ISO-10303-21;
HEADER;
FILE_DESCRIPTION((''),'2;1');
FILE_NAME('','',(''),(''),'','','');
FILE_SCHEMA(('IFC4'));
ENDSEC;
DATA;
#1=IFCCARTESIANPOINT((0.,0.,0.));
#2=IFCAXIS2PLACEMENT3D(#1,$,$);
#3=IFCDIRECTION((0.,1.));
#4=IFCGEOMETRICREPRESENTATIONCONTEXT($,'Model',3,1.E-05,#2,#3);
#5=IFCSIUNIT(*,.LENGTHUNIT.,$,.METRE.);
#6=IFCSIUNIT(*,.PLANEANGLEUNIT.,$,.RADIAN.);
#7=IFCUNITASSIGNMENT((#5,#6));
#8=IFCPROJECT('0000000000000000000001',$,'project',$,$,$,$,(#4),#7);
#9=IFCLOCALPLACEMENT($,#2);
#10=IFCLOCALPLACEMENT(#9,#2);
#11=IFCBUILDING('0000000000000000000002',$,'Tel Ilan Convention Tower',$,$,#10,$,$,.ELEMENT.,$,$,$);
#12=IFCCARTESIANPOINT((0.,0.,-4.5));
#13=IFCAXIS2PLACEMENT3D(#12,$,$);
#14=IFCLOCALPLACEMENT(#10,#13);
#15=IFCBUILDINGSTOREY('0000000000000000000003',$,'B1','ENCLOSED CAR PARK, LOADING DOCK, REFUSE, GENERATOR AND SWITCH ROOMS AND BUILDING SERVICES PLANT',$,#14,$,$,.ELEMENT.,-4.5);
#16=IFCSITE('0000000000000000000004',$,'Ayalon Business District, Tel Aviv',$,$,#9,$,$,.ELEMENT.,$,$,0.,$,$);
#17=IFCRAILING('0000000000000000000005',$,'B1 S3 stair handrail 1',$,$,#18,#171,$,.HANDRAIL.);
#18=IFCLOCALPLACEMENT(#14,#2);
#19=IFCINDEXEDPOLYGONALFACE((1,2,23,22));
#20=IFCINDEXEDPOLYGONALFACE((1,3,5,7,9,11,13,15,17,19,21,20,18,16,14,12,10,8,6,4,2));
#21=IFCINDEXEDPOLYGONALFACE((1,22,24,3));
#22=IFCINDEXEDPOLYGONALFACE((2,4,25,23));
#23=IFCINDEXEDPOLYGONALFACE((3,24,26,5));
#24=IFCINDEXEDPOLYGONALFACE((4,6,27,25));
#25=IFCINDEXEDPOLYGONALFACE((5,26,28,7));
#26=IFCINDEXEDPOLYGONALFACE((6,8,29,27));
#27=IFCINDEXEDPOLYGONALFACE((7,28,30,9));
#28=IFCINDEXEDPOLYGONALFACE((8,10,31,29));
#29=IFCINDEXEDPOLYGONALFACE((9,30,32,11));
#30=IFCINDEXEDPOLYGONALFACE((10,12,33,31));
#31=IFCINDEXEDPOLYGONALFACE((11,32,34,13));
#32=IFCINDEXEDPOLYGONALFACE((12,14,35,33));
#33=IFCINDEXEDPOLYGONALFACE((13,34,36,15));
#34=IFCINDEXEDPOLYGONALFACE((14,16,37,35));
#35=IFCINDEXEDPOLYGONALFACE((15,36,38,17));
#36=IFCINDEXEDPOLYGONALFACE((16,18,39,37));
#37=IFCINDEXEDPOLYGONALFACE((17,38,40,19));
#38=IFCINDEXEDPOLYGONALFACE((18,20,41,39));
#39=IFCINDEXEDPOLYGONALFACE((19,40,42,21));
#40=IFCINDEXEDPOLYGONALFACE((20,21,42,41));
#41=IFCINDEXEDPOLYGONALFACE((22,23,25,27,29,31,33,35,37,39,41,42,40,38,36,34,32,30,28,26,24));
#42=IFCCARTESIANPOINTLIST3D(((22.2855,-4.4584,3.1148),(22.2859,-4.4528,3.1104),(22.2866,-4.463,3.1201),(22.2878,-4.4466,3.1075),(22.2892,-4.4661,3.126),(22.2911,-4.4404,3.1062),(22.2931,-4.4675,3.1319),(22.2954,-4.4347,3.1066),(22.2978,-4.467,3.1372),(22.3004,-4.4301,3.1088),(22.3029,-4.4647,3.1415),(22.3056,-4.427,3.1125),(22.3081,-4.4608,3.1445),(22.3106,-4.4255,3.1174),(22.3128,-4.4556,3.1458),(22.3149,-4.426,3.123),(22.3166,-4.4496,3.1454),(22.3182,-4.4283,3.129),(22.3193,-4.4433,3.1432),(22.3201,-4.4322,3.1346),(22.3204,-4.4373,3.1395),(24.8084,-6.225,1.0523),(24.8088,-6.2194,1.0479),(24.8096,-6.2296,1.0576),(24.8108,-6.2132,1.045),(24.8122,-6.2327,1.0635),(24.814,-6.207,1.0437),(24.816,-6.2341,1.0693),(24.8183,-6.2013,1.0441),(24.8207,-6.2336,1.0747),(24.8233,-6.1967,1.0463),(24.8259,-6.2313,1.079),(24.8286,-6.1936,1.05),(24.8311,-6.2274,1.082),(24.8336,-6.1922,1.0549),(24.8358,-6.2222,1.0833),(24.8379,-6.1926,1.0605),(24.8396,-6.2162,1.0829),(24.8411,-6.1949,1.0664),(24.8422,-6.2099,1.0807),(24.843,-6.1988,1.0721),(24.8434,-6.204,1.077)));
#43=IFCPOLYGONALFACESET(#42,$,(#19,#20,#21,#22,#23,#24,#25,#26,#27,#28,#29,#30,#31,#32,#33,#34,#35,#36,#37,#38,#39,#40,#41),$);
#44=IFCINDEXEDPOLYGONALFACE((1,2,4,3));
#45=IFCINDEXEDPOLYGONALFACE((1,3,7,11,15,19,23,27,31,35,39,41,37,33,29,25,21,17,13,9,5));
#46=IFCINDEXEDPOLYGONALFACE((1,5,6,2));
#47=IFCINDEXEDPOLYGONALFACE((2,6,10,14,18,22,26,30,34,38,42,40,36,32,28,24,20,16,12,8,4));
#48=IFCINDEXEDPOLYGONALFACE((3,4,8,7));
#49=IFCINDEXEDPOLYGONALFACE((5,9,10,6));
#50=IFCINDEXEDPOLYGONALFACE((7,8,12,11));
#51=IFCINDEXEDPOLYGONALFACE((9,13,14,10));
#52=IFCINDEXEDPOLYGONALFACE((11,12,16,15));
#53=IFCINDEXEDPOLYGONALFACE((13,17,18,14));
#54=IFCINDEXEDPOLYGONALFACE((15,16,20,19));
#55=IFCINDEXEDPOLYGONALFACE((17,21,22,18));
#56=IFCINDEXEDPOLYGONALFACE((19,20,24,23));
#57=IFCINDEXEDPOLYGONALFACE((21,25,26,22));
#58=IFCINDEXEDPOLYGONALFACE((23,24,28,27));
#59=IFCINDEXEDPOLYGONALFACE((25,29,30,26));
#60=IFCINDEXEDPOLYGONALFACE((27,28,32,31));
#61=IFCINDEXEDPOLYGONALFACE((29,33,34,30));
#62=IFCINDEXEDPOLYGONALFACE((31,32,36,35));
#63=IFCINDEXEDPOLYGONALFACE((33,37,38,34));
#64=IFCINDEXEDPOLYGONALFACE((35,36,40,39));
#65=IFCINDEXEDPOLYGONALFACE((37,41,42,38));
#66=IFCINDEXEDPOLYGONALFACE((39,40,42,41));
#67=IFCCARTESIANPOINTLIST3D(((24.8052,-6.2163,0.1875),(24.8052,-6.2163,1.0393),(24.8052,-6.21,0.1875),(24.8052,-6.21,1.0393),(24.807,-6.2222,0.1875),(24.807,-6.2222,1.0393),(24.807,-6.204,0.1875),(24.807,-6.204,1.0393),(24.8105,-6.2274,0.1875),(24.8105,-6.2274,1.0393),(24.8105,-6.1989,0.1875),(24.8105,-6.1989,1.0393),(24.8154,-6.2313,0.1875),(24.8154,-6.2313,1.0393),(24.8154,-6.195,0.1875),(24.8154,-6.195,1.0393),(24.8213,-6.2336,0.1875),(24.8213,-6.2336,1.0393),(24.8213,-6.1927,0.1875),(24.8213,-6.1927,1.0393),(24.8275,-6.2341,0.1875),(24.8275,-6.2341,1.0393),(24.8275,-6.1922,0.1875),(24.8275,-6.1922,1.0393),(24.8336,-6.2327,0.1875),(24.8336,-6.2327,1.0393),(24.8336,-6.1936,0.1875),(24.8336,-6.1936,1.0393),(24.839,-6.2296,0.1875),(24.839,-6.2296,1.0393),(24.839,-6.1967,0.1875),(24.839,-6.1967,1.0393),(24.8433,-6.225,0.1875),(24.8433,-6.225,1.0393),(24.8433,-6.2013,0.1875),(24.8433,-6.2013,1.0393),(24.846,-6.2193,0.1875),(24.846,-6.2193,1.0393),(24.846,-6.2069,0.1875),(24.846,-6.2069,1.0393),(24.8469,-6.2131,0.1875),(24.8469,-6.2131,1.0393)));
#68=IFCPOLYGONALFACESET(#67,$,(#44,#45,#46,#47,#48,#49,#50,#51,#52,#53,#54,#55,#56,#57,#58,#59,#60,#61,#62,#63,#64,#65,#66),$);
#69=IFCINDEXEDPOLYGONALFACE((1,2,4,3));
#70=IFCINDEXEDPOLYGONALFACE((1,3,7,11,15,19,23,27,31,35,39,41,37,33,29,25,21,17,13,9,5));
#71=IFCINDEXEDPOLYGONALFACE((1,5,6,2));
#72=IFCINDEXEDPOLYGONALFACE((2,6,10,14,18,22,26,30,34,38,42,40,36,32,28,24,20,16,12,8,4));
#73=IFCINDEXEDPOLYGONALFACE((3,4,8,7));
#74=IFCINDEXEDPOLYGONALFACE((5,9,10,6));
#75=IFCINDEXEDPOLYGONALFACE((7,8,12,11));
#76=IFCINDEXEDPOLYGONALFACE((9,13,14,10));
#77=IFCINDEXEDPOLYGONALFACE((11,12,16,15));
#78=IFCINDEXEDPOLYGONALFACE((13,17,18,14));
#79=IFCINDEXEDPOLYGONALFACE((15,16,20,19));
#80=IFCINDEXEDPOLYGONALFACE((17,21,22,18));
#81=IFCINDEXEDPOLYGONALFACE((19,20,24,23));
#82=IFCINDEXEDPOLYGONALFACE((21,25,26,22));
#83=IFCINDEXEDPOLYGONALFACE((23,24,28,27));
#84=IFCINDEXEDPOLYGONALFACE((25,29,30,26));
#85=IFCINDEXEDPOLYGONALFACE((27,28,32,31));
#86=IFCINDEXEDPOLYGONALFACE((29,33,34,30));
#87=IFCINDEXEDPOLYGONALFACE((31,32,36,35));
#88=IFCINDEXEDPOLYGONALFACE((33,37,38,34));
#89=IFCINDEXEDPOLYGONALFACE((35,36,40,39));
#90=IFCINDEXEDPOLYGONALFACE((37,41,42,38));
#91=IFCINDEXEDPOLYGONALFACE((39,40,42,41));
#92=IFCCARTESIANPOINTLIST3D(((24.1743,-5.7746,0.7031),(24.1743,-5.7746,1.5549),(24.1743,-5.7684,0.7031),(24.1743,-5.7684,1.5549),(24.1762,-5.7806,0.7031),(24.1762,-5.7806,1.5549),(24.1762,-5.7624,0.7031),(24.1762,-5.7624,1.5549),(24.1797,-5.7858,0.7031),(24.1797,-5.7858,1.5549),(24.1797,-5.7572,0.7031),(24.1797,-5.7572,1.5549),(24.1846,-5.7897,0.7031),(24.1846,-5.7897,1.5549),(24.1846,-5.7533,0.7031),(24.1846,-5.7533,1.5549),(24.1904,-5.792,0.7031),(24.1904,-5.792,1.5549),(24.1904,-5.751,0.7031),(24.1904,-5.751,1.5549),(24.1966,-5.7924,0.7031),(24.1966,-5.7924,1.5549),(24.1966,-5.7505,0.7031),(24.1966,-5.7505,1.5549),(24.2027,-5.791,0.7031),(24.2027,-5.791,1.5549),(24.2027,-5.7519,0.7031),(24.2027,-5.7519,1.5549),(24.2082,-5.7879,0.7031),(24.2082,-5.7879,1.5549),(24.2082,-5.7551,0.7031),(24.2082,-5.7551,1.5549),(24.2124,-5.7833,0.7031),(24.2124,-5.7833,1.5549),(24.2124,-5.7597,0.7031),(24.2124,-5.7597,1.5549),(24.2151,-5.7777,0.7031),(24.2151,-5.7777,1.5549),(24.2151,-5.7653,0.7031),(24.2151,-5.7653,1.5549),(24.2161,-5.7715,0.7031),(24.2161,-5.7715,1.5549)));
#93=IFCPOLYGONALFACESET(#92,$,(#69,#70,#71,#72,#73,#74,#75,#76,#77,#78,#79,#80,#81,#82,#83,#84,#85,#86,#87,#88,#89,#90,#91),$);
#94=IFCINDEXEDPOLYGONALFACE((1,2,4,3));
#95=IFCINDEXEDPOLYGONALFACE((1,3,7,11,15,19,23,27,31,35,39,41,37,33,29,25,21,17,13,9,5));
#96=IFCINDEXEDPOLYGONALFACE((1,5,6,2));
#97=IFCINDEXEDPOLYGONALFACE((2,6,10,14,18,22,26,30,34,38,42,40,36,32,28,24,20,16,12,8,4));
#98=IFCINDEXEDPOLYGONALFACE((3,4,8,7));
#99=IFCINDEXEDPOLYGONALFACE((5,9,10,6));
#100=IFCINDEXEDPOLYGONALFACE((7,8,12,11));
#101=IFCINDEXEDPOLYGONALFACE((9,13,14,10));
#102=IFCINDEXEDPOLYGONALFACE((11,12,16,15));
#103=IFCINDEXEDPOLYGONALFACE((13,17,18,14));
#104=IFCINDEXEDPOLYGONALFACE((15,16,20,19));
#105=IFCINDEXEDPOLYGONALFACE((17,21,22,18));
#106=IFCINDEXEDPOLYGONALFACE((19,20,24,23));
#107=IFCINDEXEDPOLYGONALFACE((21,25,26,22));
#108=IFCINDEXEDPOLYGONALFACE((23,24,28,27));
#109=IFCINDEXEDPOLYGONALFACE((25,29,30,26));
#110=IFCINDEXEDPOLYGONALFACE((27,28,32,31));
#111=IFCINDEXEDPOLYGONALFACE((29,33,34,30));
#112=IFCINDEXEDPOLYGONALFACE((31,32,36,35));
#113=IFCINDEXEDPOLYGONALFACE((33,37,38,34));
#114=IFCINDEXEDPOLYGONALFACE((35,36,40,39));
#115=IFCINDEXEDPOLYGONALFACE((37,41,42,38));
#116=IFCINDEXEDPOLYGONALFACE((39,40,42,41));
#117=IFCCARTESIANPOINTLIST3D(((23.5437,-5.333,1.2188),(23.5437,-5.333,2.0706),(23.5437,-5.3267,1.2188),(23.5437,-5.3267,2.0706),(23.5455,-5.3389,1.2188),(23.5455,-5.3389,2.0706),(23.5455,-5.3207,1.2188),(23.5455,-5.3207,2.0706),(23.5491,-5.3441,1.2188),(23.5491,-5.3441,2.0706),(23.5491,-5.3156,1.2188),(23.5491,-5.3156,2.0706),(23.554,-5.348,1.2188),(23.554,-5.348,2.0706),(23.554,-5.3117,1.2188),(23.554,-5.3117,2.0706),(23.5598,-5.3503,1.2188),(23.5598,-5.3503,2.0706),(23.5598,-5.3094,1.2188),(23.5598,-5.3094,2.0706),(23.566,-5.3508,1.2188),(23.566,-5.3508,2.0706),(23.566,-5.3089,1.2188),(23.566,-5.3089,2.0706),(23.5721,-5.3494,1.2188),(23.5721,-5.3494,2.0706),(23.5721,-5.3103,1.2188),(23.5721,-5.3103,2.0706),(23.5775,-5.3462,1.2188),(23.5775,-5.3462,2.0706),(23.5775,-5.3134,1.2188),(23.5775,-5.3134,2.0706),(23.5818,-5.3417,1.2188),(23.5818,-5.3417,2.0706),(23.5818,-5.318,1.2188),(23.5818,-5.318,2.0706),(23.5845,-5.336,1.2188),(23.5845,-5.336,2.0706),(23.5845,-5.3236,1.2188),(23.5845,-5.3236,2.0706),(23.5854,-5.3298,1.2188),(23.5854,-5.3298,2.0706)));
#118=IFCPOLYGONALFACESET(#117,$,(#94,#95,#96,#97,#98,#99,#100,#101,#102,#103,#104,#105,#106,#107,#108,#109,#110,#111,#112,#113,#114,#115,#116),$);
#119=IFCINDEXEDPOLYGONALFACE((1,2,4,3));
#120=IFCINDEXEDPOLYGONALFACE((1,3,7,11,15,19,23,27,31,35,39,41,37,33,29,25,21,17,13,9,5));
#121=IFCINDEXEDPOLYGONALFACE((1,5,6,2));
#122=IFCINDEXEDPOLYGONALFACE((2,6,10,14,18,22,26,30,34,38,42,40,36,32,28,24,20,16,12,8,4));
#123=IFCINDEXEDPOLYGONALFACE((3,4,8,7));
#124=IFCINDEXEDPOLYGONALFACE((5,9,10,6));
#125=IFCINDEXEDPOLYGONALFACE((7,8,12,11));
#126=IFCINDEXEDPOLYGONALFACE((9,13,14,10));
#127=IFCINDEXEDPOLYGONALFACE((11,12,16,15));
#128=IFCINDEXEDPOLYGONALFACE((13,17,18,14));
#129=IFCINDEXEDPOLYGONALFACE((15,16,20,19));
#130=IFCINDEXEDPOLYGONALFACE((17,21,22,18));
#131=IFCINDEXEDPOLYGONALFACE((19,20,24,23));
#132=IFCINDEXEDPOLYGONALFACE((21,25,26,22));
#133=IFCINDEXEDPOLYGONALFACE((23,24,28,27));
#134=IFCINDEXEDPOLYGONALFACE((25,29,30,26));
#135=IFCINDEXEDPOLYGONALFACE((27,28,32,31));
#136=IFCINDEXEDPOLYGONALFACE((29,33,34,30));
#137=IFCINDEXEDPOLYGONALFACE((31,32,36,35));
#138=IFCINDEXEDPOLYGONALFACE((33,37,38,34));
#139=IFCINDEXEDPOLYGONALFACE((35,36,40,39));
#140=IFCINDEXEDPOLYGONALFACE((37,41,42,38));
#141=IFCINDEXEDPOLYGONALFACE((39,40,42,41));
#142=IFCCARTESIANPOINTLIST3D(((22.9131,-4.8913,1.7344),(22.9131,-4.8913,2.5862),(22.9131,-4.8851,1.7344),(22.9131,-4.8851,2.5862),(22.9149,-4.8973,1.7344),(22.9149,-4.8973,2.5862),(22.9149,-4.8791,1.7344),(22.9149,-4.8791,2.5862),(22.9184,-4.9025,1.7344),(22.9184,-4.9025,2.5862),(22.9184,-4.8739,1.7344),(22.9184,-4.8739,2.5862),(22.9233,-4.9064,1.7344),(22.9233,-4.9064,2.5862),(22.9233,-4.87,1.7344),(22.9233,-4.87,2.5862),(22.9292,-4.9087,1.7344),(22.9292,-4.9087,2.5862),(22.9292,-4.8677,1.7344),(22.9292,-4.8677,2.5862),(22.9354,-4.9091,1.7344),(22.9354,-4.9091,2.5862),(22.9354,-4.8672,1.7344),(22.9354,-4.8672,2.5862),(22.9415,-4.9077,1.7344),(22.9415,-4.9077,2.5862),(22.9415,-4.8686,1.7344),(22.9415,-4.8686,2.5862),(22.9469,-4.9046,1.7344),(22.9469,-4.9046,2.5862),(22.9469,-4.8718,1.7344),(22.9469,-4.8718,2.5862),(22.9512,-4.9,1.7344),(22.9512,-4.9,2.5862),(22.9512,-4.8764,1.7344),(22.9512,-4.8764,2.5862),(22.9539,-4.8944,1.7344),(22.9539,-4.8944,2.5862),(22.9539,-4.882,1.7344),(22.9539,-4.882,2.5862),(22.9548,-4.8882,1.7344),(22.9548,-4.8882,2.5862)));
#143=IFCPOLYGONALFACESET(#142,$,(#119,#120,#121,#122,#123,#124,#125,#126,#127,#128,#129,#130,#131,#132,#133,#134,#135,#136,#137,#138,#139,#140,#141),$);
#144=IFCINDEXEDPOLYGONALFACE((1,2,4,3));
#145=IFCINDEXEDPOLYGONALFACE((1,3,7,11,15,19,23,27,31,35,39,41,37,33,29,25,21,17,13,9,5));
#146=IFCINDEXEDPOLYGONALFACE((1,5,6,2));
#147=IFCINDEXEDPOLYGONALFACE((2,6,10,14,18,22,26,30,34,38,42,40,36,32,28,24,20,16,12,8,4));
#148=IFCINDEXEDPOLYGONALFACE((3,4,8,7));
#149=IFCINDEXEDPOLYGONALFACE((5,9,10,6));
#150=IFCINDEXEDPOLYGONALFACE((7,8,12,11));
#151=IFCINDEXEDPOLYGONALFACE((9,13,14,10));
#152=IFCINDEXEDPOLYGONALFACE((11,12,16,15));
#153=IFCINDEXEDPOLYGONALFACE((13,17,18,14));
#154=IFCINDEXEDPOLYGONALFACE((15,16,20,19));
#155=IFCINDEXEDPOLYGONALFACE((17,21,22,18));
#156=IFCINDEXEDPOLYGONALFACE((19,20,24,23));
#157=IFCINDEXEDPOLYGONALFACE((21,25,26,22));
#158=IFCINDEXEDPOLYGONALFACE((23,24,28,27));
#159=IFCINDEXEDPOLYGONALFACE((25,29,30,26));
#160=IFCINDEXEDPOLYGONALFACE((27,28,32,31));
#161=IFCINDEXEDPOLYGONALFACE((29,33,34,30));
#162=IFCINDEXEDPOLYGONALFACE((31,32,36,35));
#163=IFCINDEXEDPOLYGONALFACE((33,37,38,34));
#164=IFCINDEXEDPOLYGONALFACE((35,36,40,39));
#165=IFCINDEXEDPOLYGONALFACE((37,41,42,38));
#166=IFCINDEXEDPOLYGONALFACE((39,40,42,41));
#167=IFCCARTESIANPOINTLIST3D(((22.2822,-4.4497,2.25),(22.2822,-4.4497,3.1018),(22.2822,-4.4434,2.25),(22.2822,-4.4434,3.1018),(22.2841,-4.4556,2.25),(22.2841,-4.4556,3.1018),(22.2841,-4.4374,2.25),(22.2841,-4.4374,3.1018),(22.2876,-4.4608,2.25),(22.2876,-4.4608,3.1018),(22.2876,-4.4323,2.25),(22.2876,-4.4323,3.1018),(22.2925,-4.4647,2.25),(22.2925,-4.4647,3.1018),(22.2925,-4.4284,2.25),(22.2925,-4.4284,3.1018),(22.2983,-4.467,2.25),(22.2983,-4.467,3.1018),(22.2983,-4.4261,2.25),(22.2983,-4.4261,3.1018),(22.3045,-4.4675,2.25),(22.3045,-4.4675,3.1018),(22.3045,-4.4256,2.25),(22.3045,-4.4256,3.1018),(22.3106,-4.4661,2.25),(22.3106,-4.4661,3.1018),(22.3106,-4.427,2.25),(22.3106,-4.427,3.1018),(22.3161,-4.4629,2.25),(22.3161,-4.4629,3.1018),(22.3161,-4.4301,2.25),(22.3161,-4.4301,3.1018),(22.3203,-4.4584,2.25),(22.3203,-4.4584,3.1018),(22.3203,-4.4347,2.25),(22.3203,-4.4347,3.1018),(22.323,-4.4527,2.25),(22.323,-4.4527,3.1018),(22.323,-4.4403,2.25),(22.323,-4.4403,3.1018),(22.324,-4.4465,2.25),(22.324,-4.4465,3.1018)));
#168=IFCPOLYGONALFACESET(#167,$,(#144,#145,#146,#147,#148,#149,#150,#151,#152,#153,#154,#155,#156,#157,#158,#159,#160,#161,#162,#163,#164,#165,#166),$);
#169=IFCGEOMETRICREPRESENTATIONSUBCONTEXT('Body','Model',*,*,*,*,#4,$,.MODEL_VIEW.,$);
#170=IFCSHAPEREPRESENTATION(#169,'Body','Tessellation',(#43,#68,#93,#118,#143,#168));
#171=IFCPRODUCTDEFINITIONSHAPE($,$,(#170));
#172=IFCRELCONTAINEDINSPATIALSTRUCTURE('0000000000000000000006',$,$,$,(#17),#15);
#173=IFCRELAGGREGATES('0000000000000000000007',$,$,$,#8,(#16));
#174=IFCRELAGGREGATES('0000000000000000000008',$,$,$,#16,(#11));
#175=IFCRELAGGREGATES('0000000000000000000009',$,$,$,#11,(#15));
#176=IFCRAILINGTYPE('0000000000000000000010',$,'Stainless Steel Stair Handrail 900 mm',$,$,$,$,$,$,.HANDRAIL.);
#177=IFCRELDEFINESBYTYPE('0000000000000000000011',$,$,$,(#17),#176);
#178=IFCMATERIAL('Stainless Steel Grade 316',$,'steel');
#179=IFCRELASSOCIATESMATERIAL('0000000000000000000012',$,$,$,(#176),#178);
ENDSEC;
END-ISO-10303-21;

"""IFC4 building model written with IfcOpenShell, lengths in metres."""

from ifc_helpers import new_model, si_unit, direction, frame, origin, origin_2d, place, context, subcontext, project, spatial, circle, extrude, material, type_object, element, save


model = new_model("IFC4")

# Units and contexts
model_context = context("Model", 3, precision=1e-05, world=origin(), true_north=direction((0.0, 1.0)))
body_context = subcontext(model_context, "Body", "Model", "MODEL_VIEW")
ifc_project = project(units=[si_unit("LENGTHUNIT", "METRE"), si_unit("PLANEANGLEUNIT", "RADIAN")], contexts=[model_context])

# Site, building, storey
site_placement = place(None, origin())
site = spatial("IfcSite", under=ifc_project, at=site_placement, Name="Ayalon Business District, Tel Aviv", CompositionType="ELEMENT", RefElevation=0.0)
building_placement = place(site_placement, origin())
building = spatial("IfcBuilding", under=site, at=building_placement, Name="Tel Ilan Convention Tower", CompositionType="ELEMENT")
storey_placement = place(building_placement, frame((0.0, 0.0, -4.5)))
storey = spatial("IfcBuildingStorey", under=building, at=storey_placement, Name="B1", Description="ENCLOSED CAR PARK, LOADING DOCK, REFUSE, GENERATOR AND SWITCH ROOMS AND BUILDING SERVICES PLANT", CompositionType="ELEMENT", Elevation=-4.5)

# Railing
ifc_material_1 = material(Name="Stainless Steel Grade 316", Category="steel")
railing_type_1 = type_object("IfcRailingType", Name="Stainless Steel Stair Handrail 900 mm", PredefinedType="HANDRAIL", material=ifc_material_1)
railing_1_placement = place(storey_placement, frame((24.8259, -6.2131, 0.1875)))
element("IfcRailing", 1, at=railing_1_placement, inside=storey, type_object=railing_type_1, Name="B1 S3 stair handrail 1", PredefinedType="HANDRAIL", context=body_context, shape_type="SweptSolid", body=[
    extrude(circle(Radius=0.0239, at=origin_2d()), frame((0.0, 0.0, 0.876), z_axis=(-0.680635, 0.476589, 0.556416), x_axis=(-0.573579, -0.81915, 0.0)), (0.0, 0.0, 1.0), 3.7068),
    extrude(circle(Radius=0.021, at=origin_2d()), origin(), (0.0, 0.0, 1.0), 0.8518),
    extrude(circle(Radius=0.021, at=origin_2d()), frame((-0.6309, 0.4417, 0.5156)), (0.0, 0.0, 1.0), 0.8518),
    extrude(circle(Radius=0.021, at=origin_2d()), frame((-1.2615, 0.8833, 1.0312)), (0.0, 0.0, 1.0), 0.8518),
    extrude(circle(Radius=0.021, at=origin_2d()), frame((-1.8921, 1.325, 1.5469)), (0.0, 0.0, 1.0), 0.8518),
    extrude(circle(Radius=0.021, at=origin_2d()), frame((-2.5229, 1.7666, 2.0625)), (0.0, 0.0, 1.0), 0.8518),
])

save(model, "model.ifc")
